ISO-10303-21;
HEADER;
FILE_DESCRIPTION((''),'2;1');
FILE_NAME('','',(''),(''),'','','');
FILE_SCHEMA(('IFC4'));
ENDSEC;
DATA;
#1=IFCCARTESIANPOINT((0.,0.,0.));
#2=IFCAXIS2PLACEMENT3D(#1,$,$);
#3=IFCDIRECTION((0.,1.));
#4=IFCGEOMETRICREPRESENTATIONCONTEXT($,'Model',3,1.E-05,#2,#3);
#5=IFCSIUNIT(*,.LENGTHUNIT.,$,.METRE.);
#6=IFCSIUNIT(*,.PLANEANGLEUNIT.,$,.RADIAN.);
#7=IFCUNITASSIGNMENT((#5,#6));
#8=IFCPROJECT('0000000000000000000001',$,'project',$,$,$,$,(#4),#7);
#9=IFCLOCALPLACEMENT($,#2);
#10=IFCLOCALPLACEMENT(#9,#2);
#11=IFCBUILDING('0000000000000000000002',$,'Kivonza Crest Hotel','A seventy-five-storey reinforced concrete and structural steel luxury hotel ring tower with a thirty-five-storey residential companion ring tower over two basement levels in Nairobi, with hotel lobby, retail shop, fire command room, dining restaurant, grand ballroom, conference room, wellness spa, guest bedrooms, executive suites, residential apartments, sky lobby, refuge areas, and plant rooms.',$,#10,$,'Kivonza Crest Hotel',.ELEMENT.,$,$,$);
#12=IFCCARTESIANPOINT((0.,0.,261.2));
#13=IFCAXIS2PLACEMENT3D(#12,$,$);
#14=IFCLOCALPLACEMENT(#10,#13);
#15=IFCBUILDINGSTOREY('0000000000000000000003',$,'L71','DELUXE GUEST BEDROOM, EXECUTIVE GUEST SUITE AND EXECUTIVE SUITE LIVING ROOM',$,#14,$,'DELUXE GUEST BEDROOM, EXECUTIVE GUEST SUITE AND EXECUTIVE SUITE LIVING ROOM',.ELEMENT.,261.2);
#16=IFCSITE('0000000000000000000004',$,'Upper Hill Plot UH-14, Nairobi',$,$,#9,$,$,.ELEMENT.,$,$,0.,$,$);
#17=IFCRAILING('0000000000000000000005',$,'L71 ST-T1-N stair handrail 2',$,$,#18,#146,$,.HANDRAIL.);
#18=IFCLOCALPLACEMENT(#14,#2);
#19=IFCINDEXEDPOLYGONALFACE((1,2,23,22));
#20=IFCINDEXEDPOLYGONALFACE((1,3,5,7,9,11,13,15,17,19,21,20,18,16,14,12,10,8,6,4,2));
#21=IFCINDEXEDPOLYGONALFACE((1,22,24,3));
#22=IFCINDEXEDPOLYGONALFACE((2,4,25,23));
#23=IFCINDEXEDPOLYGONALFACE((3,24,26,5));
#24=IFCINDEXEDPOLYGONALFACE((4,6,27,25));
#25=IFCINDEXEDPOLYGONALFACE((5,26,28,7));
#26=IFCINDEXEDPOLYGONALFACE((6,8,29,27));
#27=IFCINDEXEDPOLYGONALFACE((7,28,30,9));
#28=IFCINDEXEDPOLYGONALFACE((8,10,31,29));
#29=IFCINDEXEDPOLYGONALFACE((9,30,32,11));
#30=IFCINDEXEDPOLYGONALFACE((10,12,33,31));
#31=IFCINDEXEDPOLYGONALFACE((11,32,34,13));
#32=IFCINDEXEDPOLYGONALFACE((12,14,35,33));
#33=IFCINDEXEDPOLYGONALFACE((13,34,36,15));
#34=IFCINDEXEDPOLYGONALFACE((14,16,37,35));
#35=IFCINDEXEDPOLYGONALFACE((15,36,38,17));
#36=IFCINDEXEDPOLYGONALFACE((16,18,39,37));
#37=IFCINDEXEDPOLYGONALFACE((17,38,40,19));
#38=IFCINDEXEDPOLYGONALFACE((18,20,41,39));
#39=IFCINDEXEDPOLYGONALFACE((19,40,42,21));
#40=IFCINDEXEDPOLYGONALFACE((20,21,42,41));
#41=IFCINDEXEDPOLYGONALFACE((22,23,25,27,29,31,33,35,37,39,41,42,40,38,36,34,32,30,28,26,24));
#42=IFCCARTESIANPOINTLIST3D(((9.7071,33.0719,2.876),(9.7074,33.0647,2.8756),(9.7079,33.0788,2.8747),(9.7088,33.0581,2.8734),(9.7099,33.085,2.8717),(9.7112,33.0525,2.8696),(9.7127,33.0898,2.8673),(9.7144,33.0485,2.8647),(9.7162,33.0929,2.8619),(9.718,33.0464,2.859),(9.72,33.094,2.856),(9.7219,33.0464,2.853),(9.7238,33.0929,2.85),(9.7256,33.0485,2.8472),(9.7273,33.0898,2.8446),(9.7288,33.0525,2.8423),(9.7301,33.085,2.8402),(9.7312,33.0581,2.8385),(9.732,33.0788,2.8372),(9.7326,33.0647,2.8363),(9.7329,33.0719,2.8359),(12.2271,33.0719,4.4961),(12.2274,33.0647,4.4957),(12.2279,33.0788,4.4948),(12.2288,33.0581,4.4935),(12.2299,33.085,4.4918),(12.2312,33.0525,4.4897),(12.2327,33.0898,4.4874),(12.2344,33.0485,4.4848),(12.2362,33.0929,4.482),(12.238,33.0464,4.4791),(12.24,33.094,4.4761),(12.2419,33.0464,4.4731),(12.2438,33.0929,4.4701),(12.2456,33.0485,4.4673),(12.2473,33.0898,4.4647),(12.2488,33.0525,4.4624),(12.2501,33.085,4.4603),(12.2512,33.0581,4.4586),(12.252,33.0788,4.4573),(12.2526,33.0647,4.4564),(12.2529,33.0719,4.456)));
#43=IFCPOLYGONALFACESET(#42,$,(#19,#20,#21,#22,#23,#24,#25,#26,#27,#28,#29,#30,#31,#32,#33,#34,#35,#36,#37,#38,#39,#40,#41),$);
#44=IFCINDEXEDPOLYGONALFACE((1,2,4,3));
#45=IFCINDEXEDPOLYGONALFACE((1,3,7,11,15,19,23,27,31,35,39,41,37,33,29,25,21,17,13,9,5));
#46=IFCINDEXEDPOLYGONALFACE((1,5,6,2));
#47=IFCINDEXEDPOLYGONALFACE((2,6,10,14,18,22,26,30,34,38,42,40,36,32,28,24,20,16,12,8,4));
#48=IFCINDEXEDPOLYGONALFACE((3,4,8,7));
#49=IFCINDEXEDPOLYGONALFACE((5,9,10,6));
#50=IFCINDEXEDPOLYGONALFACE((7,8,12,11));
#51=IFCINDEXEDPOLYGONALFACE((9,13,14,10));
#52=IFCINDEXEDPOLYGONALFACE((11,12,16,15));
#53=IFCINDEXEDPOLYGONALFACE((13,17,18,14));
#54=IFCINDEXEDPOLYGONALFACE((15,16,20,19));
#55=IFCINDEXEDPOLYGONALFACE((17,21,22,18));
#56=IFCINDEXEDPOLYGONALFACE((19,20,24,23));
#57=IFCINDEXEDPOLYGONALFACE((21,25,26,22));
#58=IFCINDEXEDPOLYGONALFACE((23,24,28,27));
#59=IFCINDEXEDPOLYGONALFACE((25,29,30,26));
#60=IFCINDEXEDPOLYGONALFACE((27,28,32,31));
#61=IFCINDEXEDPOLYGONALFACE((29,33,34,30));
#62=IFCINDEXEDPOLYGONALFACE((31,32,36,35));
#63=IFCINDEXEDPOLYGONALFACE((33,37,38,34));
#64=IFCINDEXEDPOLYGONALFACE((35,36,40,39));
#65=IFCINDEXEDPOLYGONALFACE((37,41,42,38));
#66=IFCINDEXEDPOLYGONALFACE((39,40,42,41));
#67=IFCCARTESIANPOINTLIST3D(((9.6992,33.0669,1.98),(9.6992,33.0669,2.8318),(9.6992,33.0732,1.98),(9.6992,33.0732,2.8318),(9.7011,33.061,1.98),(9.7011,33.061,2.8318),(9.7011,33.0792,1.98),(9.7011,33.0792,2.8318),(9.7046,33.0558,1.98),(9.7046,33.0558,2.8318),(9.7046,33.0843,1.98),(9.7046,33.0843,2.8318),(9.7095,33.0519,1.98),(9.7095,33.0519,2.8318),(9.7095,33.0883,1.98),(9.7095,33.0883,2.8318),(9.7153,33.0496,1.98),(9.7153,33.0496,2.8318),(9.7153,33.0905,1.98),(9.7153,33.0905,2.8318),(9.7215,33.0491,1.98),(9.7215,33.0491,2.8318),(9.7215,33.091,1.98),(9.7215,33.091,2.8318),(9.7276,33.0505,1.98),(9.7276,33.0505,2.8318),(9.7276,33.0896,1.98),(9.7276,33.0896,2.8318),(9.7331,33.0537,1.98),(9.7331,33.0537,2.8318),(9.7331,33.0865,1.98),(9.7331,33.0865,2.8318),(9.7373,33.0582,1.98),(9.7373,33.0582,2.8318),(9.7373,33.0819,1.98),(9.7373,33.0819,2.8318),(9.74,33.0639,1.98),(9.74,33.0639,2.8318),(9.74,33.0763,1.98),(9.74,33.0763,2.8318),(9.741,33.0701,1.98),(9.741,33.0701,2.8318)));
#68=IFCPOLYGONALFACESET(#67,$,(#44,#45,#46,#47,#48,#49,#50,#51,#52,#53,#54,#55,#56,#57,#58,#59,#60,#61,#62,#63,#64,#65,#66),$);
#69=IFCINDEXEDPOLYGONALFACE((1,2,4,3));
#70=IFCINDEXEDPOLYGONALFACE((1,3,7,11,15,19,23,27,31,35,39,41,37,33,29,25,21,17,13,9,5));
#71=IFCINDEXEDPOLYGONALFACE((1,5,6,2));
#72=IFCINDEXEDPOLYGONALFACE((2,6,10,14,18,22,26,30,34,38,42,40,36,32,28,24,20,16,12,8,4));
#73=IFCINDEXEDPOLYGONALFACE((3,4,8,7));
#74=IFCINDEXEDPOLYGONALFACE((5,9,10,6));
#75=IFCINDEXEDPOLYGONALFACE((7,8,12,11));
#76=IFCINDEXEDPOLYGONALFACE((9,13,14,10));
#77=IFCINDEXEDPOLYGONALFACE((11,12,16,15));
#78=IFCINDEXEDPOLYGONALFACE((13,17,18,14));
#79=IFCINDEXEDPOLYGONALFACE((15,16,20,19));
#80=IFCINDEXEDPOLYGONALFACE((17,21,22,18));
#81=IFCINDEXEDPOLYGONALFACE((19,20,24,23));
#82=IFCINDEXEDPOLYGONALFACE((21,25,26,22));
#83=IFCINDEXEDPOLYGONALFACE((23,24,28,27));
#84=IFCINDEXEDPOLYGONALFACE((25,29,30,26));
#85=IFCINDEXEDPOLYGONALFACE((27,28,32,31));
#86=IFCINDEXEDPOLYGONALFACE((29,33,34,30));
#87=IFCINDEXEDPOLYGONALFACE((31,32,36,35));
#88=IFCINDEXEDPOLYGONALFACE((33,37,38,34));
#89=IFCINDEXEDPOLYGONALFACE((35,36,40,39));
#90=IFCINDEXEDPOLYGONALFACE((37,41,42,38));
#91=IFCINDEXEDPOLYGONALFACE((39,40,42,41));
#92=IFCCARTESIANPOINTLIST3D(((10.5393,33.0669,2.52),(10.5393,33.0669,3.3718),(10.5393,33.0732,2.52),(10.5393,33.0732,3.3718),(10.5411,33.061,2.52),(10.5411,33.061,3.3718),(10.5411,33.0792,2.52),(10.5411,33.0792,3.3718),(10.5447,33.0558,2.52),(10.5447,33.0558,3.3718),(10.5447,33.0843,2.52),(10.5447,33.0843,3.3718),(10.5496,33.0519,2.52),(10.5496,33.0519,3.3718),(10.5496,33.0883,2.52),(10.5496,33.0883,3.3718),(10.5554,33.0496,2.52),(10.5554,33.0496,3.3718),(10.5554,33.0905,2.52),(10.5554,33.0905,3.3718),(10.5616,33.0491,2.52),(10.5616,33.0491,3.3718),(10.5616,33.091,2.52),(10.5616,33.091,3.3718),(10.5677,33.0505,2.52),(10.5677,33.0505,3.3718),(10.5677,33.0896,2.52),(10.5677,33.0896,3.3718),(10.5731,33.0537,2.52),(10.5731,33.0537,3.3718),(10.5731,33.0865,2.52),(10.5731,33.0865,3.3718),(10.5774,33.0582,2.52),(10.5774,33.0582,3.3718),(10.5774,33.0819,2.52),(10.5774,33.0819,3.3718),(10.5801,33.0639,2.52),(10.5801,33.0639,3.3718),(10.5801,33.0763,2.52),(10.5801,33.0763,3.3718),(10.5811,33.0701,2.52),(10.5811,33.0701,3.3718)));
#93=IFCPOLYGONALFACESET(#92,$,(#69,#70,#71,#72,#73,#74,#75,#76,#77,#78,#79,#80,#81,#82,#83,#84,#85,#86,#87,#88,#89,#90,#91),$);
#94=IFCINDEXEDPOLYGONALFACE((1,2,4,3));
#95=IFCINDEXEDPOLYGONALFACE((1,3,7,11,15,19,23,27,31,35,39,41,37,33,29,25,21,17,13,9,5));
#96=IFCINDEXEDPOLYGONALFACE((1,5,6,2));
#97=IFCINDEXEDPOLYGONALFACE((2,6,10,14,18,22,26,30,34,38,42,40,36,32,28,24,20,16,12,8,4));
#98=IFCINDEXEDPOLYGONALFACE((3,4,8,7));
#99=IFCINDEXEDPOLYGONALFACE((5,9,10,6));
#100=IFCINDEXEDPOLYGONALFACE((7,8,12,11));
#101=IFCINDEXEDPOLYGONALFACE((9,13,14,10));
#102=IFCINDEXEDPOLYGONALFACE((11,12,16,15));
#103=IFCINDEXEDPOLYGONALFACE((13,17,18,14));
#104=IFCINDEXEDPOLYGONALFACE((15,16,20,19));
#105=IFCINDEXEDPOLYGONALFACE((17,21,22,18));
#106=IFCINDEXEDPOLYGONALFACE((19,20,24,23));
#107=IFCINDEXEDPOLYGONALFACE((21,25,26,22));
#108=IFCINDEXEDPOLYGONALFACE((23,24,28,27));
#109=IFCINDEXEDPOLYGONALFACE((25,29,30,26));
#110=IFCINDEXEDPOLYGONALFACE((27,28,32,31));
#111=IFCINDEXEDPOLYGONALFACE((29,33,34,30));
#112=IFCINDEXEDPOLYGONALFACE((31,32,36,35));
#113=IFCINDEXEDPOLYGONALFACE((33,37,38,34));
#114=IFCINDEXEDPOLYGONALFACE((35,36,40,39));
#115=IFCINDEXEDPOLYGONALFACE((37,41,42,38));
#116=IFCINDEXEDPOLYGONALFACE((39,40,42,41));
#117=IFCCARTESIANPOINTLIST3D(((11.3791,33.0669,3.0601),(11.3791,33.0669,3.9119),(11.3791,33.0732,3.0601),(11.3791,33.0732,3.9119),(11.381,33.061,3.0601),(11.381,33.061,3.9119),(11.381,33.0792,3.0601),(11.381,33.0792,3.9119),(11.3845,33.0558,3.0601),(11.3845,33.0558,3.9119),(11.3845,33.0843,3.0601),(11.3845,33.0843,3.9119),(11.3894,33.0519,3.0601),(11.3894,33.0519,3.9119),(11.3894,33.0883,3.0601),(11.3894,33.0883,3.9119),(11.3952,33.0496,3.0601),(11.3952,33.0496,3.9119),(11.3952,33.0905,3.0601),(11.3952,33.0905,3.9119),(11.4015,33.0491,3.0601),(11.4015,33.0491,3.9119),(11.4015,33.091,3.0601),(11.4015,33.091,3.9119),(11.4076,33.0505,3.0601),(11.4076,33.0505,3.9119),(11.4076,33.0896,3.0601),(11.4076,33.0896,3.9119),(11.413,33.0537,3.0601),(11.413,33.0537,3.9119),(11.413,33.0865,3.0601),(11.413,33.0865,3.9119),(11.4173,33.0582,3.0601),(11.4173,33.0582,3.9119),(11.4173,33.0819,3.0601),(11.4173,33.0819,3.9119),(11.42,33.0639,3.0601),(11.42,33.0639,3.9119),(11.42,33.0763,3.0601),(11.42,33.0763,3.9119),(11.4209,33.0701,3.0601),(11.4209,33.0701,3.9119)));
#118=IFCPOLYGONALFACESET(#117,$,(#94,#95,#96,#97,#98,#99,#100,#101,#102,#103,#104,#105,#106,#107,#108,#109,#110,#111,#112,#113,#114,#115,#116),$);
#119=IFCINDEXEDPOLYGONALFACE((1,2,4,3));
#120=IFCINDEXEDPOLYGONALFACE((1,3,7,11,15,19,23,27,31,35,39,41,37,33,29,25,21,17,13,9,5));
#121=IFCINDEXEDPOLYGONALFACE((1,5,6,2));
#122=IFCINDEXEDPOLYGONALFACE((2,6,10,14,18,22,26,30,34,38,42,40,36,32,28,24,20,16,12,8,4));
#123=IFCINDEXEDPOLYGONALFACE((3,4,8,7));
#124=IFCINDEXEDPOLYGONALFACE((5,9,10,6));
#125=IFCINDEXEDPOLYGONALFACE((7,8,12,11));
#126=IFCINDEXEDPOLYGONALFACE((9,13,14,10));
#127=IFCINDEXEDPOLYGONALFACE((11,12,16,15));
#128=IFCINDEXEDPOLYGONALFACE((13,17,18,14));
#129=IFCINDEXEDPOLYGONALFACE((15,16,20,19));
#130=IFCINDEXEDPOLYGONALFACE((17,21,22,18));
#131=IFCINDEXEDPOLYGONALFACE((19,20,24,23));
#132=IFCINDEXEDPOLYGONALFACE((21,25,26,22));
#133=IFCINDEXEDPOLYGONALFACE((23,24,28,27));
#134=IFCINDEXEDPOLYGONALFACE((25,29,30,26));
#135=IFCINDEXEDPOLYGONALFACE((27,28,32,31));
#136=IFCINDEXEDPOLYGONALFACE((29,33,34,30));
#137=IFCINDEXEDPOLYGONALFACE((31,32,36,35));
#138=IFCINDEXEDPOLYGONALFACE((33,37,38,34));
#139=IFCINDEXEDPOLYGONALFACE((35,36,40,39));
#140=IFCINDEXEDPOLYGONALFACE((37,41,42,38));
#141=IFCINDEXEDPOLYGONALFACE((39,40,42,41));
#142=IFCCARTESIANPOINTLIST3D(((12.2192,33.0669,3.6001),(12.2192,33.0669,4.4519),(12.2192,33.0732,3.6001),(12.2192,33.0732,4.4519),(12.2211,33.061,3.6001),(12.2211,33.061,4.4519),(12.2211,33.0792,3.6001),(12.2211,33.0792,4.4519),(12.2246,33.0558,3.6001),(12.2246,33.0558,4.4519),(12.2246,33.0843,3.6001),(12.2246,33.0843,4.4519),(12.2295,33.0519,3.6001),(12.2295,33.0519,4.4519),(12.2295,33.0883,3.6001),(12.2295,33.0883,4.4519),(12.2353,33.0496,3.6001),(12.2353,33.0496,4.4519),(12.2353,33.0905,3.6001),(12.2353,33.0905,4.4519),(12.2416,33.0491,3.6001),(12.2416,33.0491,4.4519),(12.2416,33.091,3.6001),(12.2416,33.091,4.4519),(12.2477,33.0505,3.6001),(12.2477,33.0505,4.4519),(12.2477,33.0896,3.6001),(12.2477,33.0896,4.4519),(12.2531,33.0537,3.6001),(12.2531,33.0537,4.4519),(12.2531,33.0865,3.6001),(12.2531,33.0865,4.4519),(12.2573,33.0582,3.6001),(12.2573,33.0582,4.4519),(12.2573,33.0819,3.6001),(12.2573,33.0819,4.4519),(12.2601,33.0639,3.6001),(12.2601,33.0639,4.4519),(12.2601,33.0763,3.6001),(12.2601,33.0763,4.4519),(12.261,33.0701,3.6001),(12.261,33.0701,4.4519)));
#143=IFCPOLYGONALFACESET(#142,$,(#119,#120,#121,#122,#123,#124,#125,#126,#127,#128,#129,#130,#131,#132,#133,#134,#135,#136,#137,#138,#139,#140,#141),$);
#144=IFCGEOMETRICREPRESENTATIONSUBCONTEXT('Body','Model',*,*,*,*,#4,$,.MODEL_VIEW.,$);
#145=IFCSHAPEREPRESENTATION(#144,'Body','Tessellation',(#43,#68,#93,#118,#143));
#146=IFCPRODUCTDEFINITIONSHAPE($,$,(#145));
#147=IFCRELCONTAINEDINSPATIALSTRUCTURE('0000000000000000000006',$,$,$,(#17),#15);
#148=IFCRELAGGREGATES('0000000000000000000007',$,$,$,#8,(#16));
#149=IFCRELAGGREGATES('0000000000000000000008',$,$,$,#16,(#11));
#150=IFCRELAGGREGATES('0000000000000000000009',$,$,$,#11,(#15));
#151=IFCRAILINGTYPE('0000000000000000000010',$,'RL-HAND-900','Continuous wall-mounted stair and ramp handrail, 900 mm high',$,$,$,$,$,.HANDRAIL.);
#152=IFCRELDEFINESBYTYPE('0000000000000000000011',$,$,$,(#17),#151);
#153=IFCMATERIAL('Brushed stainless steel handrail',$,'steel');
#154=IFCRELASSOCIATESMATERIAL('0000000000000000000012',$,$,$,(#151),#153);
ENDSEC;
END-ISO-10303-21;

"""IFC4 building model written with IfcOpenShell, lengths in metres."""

from ifc_helpers import new_model, si_unit, direction, frame, origin, origin_2d, place, context, subcontext, project, spatial, circle, extrude, material, type_object, element, save


model = new_model("IFC4")

# Units and contexts
model_context = context("Model", 3, precision=1e-05, world=origin(), true_north=direction((0.0, 1.0)))
body_context = subcontext(model_context, "Body", "Model", "MODEL_VIEW")
ifc_project = project(units=[si_unit("LENGTHUNIT", "METRE"), si_unit("PLANEANGLEUNIT", "RADIAN")], contexts=[model_context])

# Site, building, storey
site_placement = place(None, origin())
site = spatial("IfcSite", under=ifc_project, at=site_placement, Name="Upper Hill Plot UH-14, Nairobi", CompositionType="ELEMENT", RefElevation=0.0)
building_placement = place(site_placement, origin())
building = spatial("IfcBuilding", under=site, at=building_placement, Name="Kivonza Crest Hotel", Description="A seventy-five-storey reinforced concrete and structural steel luxury hotel ring tower with a thirty-five-storey residential companion ring tower over two basement levels in Nairobi, with hotel lobby, retail shop, fire command room, dining restaurant, grand ballroom, conference room, wellness spa, guest bedrooms, executive suites, residential apartments, sky lobby, refuge areas, and plant rooms.", LongName="Kivonza Crest Hotel", CompositionType="ELEMENT")
storey_placement = place(building_placement, frame((0.0, 0.0, 261.2)))
storey = spatial("IfcBuildingStorey", under=building, at=storey_placement, Name="L71", Description="DELUXE GUEST BEDROOM, EXECUTIVE GUEST SUITE AND EXECUTIVE SUITE LIVING ROOM", LongName="DELUXE GUEST BEDROOM, EXECUTIVE GUEST SUITE AND EXECUTIVE SUITE LIVING ROOM", CompositionType="ELEMENT", Elevation=261.2)

# Railing
ifc_material_1 = material(Name="Brushed stainless steel handrail", Category="steel")
railing_type_1 = type_object("IfcRailingType", Name="RL-HAND-900", Description="Continuous wall-mounted stair and ramp handrail, 900 mm high", PredefinedType="HANDRAIL", material=ifc_material_1)
railing_1_placement = place(storey_placement, frame((9.72, 33.0701, 1.98)))
element("IfcRailing", 1, at=railing_1_placement, inside=storey, type_object=railing_type_1, Name="L71 ST-T1-N stair handrail 2", PredefinedType="HANDRAIL", context=body_context, shape_type="SweptSolid", body=[
    extrude(circle(Radius=0.0239, at=origin_2d()), frame((0.0, 0.0, 0.876), z_axis=(0.841163, 0.0, 0.540782), x_axis=(0.0, 1.0, 0.0)), (0.0, 0.0, 1.0), 2.9958),
    extrude(circle(Radius=0.021, at=origin_2d()), origin(), (0.0, 0.0, 1.0), 0.8518),
    extrude(circle(Radius=0.021, at=origin_2d()), frame((0.8401, 0.0, 0.54)), (0.0, 0.0, 1.0), 0.8518),
    extrude(circle(Radius=0.021, at=origin_2d()), frame((1.6799, 0.0, 1.0801)), (0.0, 0.0, 1.0), 0.8518),
    extrude(circle(Radius=0.021, at=origin_2d()), frame((2.52, 0.0, 1.6201)), (0.0, 0.0, 1.0), 0.8518),
])

save(model, "model.ifc")
